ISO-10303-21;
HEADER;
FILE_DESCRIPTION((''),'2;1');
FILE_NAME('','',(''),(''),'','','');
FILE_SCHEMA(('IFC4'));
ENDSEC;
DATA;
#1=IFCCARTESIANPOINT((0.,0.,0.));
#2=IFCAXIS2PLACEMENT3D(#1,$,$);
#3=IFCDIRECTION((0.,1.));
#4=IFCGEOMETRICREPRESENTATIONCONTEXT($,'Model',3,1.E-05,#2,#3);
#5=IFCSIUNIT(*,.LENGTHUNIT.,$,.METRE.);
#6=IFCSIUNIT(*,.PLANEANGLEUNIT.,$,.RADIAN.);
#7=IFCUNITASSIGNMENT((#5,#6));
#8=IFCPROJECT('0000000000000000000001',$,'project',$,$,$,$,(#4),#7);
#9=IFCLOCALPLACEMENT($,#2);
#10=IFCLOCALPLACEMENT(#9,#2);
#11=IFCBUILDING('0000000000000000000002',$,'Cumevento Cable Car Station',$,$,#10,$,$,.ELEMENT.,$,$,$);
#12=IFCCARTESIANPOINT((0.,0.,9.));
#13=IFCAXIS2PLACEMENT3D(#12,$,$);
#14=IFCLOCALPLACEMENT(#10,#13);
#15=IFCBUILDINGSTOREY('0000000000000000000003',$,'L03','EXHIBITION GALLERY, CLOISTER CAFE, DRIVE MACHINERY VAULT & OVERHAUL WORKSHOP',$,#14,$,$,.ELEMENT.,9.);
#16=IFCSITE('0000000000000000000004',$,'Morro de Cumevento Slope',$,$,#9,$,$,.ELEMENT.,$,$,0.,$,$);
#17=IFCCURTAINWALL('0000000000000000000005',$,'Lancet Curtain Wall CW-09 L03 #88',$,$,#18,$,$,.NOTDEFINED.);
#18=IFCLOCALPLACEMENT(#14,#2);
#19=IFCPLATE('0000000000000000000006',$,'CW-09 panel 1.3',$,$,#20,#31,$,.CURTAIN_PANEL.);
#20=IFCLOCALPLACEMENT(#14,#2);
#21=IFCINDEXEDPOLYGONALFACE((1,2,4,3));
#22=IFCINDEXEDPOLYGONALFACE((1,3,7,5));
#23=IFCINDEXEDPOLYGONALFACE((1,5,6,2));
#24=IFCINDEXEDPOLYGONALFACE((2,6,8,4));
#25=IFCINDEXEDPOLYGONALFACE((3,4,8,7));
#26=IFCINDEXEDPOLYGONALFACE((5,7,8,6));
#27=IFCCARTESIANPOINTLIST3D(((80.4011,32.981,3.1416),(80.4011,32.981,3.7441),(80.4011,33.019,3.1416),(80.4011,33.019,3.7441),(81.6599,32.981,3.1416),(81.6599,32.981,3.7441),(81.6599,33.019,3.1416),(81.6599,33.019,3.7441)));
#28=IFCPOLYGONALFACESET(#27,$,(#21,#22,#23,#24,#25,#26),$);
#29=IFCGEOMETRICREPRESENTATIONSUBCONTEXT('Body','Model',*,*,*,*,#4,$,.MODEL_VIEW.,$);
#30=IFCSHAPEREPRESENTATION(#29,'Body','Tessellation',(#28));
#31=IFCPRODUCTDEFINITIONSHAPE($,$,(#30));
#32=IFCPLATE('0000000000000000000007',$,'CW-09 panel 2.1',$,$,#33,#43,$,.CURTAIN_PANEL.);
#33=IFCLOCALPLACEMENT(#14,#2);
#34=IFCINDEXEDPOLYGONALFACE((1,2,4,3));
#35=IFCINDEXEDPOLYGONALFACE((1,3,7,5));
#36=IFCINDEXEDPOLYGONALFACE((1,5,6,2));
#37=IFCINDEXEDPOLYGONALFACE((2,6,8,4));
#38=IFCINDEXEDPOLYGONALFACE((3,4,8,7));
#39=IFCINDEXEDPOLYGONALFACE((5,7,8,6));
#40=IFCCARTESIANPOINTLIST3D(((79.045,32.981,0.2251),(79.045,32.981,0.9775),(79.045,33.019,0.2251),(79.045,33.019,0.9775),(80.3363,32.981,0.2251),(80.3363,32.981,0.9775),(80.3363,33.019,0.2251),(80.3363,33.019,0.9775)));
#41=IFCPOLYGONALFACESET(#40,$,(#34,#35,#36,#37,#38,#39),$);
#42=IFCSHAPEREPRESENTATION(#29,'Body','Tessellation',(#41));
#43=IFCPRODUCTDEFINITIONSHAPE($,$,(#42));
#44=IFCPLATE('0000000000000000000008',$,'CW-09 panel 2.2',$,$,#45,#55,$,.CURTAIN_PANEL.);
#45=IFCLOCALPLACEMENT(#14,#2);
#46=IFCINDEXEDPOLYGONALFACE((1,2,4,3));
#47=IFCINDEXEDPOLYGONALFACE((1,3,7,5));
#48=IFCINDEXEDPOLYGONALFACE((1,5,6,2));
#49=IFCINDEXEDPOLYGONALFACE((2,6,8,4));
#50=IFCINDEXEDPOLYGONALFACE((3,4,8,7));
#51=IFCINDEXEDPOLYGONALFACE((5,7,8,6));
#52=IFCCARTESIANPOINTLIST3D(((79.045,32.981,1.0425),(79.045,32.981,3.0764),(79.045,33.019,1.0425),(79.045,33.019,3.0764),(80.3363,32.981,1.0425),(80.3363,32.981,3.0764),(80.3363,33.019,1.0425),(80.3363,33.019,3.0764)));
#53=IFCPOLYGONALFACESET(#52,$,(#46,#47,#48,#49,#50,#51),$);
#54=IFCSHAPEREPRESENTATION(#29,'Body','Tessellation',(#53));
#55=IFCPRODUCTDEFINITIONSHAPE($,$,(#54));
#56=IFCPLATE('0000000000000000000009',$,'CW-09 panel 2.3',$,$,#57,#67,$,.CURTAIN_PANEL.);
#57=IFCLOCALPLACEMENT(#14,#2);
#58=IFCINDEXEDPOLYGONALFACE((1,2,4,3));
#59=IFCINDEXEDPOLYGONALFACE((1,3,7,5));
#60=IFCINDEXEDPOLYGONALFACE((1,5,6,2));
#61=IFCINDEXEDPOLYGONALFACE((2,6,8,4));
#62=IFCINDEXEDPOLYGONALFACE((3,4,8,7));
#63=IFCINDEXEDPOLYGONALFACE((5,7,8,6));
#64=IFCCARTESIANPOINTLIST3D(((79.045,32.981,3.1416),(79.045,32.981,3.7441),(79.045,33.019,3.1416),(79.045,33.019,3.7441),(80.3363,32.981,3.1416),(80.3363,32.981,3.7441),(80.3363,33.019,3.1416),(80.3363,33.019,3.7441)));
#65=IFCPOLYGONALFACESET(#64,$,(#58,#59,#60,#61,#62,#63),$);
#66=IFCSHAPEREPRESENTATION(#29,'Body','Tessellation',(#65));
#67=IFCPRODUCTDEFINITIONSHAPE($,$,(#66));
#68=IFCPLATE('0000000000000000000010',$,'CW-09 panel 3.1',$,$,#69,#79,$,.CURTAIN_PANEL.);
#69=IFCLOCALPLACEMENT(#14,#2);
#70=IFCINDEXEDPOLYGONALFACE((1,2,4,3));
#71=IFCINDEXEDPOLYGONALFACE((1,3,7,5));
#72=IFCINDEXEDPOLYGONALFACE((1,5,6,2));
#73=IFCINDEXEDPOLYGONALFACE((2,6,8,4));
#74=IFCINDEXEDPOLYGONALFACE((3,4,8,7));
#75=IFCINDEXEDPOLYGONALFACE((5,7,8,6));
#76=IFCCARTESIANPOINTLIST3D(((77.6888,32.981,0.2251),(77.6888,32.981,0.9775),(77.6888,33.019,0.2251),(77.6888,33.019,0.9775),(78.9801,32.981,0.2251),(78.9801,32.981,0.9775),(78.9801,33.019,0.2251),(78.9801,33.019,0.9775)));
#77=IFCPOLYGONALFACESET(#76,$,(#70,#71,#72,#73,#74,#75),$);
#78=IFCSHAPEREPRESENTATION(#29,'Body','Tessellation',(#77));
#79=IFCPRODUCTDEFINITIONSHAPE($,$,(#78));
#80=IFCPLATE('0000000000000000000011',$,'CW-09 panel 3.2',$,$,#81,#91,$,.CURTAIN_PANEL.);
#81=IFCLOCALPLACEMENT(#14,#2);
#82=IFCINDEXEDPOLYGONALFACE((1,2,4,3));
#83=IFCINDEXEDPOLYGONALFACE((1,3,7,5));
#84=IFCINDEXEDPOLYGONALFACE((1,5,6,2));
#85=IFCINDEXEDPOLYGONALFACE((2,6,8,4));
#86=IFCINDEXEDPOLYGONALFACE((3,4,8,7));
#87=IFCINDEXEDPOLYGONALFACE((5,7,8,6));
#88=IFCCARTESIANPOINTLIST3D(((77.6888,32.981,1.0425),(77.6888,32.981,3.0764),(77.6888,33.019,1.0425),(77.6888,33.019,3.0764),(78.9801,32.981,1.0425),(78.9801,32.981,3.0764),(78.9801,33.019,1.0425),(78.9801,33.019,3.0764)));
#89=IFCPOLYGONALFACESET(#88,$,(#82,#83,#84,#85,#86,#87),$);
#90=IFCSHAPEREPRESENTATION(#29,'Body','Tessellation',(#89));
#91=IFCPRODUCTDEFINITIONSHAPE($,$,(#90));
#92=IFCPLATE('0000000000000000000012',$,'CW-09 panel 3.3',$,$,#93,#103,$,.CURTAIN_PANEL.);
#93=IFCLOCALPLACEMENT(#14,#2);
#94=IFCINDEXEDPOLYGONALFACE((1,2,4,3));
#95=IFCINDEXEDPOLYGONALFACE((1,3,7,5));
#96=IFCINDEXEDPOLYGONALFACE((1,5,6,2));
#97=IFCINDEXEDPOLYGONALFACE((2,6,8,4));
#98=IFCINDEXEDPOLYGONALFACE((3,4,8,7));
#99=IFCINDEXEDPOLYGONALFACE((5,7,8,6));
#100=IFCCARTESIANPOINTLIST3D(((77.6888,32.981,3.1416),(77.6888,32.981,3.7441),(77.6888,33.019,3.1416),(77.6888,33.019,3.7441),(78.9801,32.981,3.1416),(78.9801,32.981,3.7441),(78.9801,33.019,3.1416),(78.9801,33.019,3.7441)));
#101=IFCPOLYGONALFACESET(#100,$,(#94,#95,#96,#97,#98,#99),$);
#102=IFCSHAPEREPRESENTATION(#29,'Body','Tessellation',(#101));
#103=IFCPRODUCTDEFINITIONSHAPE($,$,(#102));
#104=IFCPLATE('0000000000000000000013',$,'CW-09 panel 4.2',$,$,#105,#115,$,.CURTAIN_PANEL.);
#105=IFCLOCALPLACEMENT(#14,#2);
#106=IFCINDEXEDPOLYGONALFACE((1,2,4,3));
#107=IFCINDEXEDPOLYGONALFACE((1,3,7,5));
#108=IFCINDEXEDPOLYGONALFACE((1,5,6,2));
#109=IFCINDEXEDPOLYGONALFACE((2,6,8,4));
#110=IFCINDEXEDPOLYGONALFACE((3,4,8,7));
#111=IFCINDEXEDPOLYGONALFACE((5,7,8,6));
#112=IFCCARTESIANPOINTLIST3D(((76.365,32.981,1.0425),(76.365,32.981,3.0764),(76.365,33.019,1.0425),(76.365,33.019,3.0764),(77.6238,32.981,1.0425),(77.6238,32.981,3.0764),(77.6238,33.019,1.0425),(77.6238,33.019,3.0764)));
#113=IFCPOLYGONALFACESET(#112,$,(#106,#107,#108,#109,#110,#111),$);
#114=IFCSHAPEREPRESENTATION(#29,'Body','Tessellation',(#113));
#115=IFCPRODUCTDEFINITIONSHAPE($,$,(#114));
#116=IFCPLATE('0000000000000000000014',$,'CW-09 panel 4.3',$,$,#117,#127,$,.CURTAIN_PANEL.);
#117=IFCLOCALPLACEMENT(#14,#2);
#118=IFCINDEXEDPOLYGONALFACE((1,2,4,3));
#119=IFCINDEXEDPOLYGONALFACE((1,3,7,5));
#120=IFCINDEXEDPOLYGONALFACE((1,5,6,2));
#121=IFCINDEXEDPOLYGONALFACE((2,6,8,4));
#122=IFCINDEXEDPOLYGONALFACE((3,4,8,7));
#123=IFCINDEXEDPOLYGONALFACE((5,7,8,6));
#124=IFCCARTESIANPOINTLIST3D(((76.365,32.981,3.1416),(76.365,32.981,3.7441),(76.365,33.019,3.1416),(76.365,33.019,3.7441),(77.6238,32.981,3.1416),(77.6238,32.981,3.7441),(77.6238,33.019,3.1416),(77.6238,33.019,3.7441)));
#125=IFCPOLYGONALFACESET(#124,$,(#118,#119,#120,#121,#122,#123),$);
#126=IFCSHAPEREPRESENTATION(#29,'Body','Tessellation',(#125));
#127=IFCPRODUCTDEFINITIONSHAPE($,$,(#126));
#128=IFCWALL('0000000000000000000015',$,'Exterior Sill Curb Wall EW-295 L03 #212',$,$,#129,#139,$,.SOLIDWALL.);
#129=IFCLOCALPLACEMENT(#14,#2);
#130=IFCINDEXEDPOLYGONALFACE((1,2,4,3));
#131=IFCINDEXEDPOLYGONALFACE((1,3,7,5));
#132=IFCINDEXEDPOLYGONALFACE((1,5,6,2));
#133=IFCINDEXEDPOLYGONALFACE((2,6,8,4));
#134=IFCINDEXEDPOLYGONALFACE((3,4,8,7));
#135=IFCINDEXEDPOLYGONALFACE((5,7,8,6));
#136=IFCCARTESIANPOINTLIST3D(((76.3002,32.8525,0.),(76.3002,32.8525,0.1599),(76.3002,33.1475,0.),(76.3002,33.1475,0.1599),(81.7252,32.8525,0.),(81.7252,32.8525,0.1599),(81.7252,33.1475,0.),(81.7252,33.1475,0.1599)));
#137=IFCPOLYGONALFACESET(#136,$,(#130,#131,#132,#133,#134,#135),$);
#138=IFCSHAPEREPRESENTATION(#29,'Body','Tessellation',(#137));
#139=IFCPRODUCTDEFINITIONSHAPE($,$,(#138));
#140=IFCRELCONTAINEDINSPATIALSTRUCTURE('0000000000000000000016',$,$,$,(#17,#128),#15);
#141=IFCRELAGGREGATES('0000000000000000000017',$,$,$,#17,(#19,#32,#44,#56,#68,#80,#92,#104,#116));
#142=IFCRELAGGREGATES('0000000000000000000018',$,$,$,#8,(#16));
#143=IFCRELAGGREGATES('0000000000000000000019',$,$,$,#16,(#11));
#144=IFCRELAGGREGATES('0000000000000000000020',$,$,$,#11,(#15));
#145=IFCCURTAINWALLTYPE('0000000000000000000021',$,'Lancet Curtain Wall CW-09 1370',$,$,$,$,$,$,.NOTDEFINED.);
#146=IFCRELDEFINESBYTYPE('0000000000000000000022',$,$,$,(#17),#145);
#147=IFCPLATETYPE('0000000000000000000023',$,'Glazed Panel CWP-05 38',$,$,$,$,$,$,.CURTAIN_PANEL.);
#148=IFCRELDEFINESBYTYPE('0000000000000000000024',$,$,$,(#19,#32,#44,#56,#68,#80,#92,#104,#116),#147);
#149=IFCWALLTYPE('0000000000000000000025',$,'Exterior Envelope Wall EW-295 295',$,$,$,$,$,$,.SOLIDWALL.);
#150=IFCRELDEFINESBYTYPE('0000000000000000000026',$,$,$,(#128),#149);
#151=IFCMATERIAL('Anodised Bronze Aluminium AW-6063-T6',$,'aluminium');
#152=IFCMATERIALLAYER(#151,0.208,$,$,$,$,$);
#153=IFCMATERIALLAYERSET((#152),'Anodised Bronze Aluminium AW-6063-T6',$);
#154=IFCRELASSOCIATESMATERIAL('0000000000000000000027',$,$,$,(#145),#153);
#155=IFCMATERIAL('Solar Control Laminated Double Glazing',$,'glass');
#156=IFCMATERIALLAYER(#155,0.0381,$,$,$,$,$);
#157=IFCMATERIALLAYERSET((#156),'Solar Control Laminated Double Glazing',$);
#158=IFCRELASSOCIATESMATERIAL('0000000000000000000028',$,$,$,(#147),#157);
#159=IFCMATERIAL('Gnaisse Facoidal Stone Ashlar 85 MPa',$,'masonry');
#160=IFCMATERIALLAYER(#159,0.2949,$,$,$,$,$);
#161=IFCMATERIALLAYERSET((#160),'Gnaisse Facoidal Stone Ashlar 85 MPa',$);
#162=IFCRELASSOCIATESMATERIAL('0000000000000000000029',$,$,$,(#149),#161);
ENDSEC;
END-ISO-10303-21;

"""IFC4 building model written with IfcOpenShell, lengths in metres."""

from ifc_helpers import new_model, si_unit, direction, frame, frame_2d, origin, origin_2d, place, context, subcontext, project, spatial, rectangle, extrude, material, layer, layer_set, type_object, element, aggregate, save


model = new_model("IFC4")

# Units and contexts
model_context = context("Model", 3, precision=1e-05, world=origin(), true_north=direction((0.0, 1.0)))
body_context = subcontext(model_context, "Body", "Model", "MODEL_VIEW")
ifc_project = project(units=[si_unit("LENGTHUNIT", "METRE"), si_unit("PLANEANGLEUNIT", "RADIAN")], contexts=[model_context])

# Site, building, storey
site_placement = place(None, origin())
site = spatial("IfcSite", under=ifc_project, at=site_placement, Name="Morro de Cumevento Slope", CompositionType="ELEMENT", RefElevation=0.0)
building_placement = place(site_placement, origin())
building = spatial("IfcBuilding", under=site, at=building_placement, Name="Cumevento Cable Car Station", CompositionType="ELEMENT")
storey_placement = place(building_placement, frame((0.0, 0.0, 9.0)))
storey = spatial("IfcBuildingStorey", under=building, at=storey_placement, Name="L03", Description="EXHIBITION GALLERY, CLOISTER CAFE, DRIVE MACHINERY VAULT & OVERHAUL WORKSHOP", CompositionType="ELEMENT", Elevation=9.0)

# Curtain wall, plates
ifc_material_1 = material(Name="Anodised Bronze Aluminium AW-6063-T6", Category="aluminium")
ifc_layer_1 = layer(ifc_material_1, 0.208)
ifc_layer_set_1 = layer_set([ifc_layer_1], Name="Anodised Bronze Aluminium AW-6063-T6")
curtain_wall_type = type_object("IfcCurtainWallType", Name="Lancet Curtain Wall CW-09 1370", PredefinedType="NOTDEFINED", material=ifc_layer_set_1)
curtain_wall_placement = place(storey_placement, origin())
curtain_wall = element("IfcCurtainWall", 1, at=curtain_wall_placement, inside=storey, type_object=curtain_wall_type, Name="Lancet Curtain Wall CW-09 L03 #88", PredefinedType="NOTDEFINED")
ifc_material_2 = material(Name="Solar Control Laminated Double Glazing", Category="glass")
ifc_layer_2 = layer(ifc_material_2, 0.0381)
ifc_layer_set_2 = layer_set([ifc_layer_2], Name="Solar Control Laminated Double Glazing")
plate_type = type_object("IfcPlateType", Name="Glazed Panel CWP-05 38", PredefinedType="CURTAIN_PANEL", material=ifc_layer_set_2)
plate_1_placement = place(storey_placement, frame((81.0305, 33.0, 3.1416), z_axis=(0.0, 0.0, 1.0), x_axis=(-1.0, 0.0, 0.0)))
plate_1 = element("IfcPlate", 2, at=plate_1_placement, type_object=plate_type, Name="CW-09 panel 1.3", PredefinedType="CURTAIN_PANEL", context=body_context, shape_type="SweptSolid", body=[
    extrude(rectangle(XDim=1.2588, YDim=0.0381, at=origin_2d()), origin(), (0.0, 0.0, 1.0), 0.6025),
])
plate_2_placement = place(storey_placement, frame((79.6907, 33.0, 0.2251), z_axis=(0.0, 0.0, 1.0), x_axis=(-1.0, 0.0, 0.0)))
plate_2 = element("IfcPlate", 3, at=plate_2_placement, type_object=plate_type, Name="CW-09 panel 2.1", PredefinedType="CURTAIN_PANEL", context=body_context, shape_type="SweptSolid", body=[
    extrude(rectangle(XDim=1.2913, YDim=0.0381, at=origin_2d()), origin(), (0.0, 0.0, 1.0), 0.7524),
])
plate_3_placement = place(storey_placement, frame((79.6907, 33.0, 1.0425), z_axis=(0.0, 0.0, 1.0), x_axis=(-1.0, 0.0, 0.0)))
plate_3 = element("IfcPlate", 4, at=plate_3_placement, type_object=plate_type, Name="CW-09 panel 2.2", PredefinedType="CURTAIN_PANEL", context=body_context, shape_type="SweptSolid", body=[
    extrude(rectangle(XDim=1.2913, YDim=0.0381, at=origin_2d()), origin(), (0.0, 0.0, 1.0), 2.0339),
])
plate_4_placement = place(storey_placement, frame((79.6907, 33.0, 3.1416), z_axis=(0.0, 0.0, 1.0), x_axis=(-1.0, 0.0, 0.0)))
plate_4 = element("IfcPlate", 5, at=plate_4_placement, type_object=plate_type, Name="CW-09 panel 2.3", PredefinedType="CURTAIN_PANEL", context=body_context, shape_type="SweptSolid", body=[
    extrude(rectangle(XDim=1.2913, YDim=0.0381, at=origin_2d()), origin(), (0.0, 0.0, 1.0), 0.6025),
])
plate_5_placement = place(storey_placement, frame((78.3345, 33.0, 0.2251), z_axis=(0.0, 0.0, 1.0), x_axis=(-1.0, 0.0, 0.0)))
plate_5 = element("IfcPlate", 6, at=plate_5_placement, type_object=plate_type, Name="CW-09 panel 3.1", PredefinedType="CURTAIN_PANEL", context=body_context, shape_type="SweptSolid", body=[
    extrude(rectangle(XDim=1.2913, YDim=0.0381, at=origin_2d()), origin(), (0.0, 0.0, 1.0), 0.7524),
])
plate_6_placement = place(storey_placement, frame((78.3345, 33.0, 1.0425), z_axis=(0.0, 0.0, 1.0), x_axis=(-1.0, 0.0, 0.0)))
plate_6 = element("IfcPlate", 7, at=plate_6_placement, type_object=plate_type, Name="CW-09 panel 3.2", PredefinedType="CURTAIN_PANEL", context=body_context, shape_type="SweptSolid", body=[
    extrude(rectangle(XDim=1.2913, YDim=0.0381, at=origin_2d()), origin(), (0.0, 0.0, 1.0), 2.0339),
])
plate_7_placement = place(storey_placement, frame((78.3345, 33.0, 3.1416), z_axis=(0.0, 0.0, 1.0), x_axis=(-1.0, 0.0, 0.0)))
plate_7 = element("IfcPlate", 8, at=plate_7_placement, type_object=plate_type, Name="CW-09 panel 3.3", PredefinedType="CURTAIN_PANEL", context=body_context, shape_type="SweptSolid", body=[
    extrude(rectangle(XDim=1.2913, YDim=0.0381, at=origin_2d()), origin(), (0.0, 0.0, 1.0), 0.6025),
])
plate_8_placement = place(storey_placement, frame((76.9944, 33.0, 1.0425), z_axis=(0.0, 0.0, 1.0), x_axis=(-1.0, 0.0, 0.0)))
plate_8 = element("IfcPlate", 9, at=plate_8_placement, type_object=plate_type, Name="CW-09 panel 4.2", PredefinedType="CURTAIN_PANEL", context=body_context, shape_type="SweptSolid", body=[
    extrude(rectangle(XDim=1.2588, YDim=0.0381, at=origin_2d()), origin(), (0.0, 0.0, 1.0), 2.0339),
])
plate_9_placement = place(storey_placement, frame((76.9944, 33.0, 3.1416), z_axis=(0.0, 0.0, 1.0), x_axis=(-1.0, 0.0, 0.0)))
plate_9 = element("IfcPlate", 10, at=plate_9_placement, type_object=plate_type, Name="CW-09 panel 4.3", PredefinedType="CURTAIN_PANEL", context=body_context, shape_type="SweptSolid", body=[
    extrude(rectangle(XDim=1.2588, YDim=0.0381, at=origin_2d()), origin(), (0.0, 0.0, 1.0), 0.6025),
])
aggregate(curtain_wall, [plate_1, plate_2, plate_3, plate_4, plate_5, plate_6, plate_7, plate_8, plate_9])

# Wall
ifc_material_3 = material(Name="Gnaisse Facoidal Stone Ashlar 85 MPa", Category="masonry")
ifc_layer_3 = layer(ifc_material_3, 0.2949)
ifc_layer_set_3 = layer_set([ifc_layer_3], Name="Gnaisse Facoidal Stone Ashlar 85 MPa")
wall_type = type_object("IfcWallType", Name="Exterior Envelope Wall EW-295 295", PredefinedType="SOLIDWALL", material=ifc_layer_set_3)
wall_placement = place(storey_placement, frame((81.7251, 33.0, 0.0), z_axis=(0.0, 0.0, 1.0), x_axis=(-1.0, 0.0, 0.0)))
element("IfcWall", 11, at=wall_placement, inside=storey, type_object=wall_type, Name="Exterior Sill Curb Wall EW-295 L03 #212", PredefinedType="SOLIDWALL", context=body_context, shape_type="SweptSolid", body=[
    extrude(rectangle(XDim=5.425, YDim=0.2949, at=frame_2d((2.7124, 0.0))), origin(), (0.0, 0.0, 1.0), 0.1599),
])

save(model, "model.ifc")
